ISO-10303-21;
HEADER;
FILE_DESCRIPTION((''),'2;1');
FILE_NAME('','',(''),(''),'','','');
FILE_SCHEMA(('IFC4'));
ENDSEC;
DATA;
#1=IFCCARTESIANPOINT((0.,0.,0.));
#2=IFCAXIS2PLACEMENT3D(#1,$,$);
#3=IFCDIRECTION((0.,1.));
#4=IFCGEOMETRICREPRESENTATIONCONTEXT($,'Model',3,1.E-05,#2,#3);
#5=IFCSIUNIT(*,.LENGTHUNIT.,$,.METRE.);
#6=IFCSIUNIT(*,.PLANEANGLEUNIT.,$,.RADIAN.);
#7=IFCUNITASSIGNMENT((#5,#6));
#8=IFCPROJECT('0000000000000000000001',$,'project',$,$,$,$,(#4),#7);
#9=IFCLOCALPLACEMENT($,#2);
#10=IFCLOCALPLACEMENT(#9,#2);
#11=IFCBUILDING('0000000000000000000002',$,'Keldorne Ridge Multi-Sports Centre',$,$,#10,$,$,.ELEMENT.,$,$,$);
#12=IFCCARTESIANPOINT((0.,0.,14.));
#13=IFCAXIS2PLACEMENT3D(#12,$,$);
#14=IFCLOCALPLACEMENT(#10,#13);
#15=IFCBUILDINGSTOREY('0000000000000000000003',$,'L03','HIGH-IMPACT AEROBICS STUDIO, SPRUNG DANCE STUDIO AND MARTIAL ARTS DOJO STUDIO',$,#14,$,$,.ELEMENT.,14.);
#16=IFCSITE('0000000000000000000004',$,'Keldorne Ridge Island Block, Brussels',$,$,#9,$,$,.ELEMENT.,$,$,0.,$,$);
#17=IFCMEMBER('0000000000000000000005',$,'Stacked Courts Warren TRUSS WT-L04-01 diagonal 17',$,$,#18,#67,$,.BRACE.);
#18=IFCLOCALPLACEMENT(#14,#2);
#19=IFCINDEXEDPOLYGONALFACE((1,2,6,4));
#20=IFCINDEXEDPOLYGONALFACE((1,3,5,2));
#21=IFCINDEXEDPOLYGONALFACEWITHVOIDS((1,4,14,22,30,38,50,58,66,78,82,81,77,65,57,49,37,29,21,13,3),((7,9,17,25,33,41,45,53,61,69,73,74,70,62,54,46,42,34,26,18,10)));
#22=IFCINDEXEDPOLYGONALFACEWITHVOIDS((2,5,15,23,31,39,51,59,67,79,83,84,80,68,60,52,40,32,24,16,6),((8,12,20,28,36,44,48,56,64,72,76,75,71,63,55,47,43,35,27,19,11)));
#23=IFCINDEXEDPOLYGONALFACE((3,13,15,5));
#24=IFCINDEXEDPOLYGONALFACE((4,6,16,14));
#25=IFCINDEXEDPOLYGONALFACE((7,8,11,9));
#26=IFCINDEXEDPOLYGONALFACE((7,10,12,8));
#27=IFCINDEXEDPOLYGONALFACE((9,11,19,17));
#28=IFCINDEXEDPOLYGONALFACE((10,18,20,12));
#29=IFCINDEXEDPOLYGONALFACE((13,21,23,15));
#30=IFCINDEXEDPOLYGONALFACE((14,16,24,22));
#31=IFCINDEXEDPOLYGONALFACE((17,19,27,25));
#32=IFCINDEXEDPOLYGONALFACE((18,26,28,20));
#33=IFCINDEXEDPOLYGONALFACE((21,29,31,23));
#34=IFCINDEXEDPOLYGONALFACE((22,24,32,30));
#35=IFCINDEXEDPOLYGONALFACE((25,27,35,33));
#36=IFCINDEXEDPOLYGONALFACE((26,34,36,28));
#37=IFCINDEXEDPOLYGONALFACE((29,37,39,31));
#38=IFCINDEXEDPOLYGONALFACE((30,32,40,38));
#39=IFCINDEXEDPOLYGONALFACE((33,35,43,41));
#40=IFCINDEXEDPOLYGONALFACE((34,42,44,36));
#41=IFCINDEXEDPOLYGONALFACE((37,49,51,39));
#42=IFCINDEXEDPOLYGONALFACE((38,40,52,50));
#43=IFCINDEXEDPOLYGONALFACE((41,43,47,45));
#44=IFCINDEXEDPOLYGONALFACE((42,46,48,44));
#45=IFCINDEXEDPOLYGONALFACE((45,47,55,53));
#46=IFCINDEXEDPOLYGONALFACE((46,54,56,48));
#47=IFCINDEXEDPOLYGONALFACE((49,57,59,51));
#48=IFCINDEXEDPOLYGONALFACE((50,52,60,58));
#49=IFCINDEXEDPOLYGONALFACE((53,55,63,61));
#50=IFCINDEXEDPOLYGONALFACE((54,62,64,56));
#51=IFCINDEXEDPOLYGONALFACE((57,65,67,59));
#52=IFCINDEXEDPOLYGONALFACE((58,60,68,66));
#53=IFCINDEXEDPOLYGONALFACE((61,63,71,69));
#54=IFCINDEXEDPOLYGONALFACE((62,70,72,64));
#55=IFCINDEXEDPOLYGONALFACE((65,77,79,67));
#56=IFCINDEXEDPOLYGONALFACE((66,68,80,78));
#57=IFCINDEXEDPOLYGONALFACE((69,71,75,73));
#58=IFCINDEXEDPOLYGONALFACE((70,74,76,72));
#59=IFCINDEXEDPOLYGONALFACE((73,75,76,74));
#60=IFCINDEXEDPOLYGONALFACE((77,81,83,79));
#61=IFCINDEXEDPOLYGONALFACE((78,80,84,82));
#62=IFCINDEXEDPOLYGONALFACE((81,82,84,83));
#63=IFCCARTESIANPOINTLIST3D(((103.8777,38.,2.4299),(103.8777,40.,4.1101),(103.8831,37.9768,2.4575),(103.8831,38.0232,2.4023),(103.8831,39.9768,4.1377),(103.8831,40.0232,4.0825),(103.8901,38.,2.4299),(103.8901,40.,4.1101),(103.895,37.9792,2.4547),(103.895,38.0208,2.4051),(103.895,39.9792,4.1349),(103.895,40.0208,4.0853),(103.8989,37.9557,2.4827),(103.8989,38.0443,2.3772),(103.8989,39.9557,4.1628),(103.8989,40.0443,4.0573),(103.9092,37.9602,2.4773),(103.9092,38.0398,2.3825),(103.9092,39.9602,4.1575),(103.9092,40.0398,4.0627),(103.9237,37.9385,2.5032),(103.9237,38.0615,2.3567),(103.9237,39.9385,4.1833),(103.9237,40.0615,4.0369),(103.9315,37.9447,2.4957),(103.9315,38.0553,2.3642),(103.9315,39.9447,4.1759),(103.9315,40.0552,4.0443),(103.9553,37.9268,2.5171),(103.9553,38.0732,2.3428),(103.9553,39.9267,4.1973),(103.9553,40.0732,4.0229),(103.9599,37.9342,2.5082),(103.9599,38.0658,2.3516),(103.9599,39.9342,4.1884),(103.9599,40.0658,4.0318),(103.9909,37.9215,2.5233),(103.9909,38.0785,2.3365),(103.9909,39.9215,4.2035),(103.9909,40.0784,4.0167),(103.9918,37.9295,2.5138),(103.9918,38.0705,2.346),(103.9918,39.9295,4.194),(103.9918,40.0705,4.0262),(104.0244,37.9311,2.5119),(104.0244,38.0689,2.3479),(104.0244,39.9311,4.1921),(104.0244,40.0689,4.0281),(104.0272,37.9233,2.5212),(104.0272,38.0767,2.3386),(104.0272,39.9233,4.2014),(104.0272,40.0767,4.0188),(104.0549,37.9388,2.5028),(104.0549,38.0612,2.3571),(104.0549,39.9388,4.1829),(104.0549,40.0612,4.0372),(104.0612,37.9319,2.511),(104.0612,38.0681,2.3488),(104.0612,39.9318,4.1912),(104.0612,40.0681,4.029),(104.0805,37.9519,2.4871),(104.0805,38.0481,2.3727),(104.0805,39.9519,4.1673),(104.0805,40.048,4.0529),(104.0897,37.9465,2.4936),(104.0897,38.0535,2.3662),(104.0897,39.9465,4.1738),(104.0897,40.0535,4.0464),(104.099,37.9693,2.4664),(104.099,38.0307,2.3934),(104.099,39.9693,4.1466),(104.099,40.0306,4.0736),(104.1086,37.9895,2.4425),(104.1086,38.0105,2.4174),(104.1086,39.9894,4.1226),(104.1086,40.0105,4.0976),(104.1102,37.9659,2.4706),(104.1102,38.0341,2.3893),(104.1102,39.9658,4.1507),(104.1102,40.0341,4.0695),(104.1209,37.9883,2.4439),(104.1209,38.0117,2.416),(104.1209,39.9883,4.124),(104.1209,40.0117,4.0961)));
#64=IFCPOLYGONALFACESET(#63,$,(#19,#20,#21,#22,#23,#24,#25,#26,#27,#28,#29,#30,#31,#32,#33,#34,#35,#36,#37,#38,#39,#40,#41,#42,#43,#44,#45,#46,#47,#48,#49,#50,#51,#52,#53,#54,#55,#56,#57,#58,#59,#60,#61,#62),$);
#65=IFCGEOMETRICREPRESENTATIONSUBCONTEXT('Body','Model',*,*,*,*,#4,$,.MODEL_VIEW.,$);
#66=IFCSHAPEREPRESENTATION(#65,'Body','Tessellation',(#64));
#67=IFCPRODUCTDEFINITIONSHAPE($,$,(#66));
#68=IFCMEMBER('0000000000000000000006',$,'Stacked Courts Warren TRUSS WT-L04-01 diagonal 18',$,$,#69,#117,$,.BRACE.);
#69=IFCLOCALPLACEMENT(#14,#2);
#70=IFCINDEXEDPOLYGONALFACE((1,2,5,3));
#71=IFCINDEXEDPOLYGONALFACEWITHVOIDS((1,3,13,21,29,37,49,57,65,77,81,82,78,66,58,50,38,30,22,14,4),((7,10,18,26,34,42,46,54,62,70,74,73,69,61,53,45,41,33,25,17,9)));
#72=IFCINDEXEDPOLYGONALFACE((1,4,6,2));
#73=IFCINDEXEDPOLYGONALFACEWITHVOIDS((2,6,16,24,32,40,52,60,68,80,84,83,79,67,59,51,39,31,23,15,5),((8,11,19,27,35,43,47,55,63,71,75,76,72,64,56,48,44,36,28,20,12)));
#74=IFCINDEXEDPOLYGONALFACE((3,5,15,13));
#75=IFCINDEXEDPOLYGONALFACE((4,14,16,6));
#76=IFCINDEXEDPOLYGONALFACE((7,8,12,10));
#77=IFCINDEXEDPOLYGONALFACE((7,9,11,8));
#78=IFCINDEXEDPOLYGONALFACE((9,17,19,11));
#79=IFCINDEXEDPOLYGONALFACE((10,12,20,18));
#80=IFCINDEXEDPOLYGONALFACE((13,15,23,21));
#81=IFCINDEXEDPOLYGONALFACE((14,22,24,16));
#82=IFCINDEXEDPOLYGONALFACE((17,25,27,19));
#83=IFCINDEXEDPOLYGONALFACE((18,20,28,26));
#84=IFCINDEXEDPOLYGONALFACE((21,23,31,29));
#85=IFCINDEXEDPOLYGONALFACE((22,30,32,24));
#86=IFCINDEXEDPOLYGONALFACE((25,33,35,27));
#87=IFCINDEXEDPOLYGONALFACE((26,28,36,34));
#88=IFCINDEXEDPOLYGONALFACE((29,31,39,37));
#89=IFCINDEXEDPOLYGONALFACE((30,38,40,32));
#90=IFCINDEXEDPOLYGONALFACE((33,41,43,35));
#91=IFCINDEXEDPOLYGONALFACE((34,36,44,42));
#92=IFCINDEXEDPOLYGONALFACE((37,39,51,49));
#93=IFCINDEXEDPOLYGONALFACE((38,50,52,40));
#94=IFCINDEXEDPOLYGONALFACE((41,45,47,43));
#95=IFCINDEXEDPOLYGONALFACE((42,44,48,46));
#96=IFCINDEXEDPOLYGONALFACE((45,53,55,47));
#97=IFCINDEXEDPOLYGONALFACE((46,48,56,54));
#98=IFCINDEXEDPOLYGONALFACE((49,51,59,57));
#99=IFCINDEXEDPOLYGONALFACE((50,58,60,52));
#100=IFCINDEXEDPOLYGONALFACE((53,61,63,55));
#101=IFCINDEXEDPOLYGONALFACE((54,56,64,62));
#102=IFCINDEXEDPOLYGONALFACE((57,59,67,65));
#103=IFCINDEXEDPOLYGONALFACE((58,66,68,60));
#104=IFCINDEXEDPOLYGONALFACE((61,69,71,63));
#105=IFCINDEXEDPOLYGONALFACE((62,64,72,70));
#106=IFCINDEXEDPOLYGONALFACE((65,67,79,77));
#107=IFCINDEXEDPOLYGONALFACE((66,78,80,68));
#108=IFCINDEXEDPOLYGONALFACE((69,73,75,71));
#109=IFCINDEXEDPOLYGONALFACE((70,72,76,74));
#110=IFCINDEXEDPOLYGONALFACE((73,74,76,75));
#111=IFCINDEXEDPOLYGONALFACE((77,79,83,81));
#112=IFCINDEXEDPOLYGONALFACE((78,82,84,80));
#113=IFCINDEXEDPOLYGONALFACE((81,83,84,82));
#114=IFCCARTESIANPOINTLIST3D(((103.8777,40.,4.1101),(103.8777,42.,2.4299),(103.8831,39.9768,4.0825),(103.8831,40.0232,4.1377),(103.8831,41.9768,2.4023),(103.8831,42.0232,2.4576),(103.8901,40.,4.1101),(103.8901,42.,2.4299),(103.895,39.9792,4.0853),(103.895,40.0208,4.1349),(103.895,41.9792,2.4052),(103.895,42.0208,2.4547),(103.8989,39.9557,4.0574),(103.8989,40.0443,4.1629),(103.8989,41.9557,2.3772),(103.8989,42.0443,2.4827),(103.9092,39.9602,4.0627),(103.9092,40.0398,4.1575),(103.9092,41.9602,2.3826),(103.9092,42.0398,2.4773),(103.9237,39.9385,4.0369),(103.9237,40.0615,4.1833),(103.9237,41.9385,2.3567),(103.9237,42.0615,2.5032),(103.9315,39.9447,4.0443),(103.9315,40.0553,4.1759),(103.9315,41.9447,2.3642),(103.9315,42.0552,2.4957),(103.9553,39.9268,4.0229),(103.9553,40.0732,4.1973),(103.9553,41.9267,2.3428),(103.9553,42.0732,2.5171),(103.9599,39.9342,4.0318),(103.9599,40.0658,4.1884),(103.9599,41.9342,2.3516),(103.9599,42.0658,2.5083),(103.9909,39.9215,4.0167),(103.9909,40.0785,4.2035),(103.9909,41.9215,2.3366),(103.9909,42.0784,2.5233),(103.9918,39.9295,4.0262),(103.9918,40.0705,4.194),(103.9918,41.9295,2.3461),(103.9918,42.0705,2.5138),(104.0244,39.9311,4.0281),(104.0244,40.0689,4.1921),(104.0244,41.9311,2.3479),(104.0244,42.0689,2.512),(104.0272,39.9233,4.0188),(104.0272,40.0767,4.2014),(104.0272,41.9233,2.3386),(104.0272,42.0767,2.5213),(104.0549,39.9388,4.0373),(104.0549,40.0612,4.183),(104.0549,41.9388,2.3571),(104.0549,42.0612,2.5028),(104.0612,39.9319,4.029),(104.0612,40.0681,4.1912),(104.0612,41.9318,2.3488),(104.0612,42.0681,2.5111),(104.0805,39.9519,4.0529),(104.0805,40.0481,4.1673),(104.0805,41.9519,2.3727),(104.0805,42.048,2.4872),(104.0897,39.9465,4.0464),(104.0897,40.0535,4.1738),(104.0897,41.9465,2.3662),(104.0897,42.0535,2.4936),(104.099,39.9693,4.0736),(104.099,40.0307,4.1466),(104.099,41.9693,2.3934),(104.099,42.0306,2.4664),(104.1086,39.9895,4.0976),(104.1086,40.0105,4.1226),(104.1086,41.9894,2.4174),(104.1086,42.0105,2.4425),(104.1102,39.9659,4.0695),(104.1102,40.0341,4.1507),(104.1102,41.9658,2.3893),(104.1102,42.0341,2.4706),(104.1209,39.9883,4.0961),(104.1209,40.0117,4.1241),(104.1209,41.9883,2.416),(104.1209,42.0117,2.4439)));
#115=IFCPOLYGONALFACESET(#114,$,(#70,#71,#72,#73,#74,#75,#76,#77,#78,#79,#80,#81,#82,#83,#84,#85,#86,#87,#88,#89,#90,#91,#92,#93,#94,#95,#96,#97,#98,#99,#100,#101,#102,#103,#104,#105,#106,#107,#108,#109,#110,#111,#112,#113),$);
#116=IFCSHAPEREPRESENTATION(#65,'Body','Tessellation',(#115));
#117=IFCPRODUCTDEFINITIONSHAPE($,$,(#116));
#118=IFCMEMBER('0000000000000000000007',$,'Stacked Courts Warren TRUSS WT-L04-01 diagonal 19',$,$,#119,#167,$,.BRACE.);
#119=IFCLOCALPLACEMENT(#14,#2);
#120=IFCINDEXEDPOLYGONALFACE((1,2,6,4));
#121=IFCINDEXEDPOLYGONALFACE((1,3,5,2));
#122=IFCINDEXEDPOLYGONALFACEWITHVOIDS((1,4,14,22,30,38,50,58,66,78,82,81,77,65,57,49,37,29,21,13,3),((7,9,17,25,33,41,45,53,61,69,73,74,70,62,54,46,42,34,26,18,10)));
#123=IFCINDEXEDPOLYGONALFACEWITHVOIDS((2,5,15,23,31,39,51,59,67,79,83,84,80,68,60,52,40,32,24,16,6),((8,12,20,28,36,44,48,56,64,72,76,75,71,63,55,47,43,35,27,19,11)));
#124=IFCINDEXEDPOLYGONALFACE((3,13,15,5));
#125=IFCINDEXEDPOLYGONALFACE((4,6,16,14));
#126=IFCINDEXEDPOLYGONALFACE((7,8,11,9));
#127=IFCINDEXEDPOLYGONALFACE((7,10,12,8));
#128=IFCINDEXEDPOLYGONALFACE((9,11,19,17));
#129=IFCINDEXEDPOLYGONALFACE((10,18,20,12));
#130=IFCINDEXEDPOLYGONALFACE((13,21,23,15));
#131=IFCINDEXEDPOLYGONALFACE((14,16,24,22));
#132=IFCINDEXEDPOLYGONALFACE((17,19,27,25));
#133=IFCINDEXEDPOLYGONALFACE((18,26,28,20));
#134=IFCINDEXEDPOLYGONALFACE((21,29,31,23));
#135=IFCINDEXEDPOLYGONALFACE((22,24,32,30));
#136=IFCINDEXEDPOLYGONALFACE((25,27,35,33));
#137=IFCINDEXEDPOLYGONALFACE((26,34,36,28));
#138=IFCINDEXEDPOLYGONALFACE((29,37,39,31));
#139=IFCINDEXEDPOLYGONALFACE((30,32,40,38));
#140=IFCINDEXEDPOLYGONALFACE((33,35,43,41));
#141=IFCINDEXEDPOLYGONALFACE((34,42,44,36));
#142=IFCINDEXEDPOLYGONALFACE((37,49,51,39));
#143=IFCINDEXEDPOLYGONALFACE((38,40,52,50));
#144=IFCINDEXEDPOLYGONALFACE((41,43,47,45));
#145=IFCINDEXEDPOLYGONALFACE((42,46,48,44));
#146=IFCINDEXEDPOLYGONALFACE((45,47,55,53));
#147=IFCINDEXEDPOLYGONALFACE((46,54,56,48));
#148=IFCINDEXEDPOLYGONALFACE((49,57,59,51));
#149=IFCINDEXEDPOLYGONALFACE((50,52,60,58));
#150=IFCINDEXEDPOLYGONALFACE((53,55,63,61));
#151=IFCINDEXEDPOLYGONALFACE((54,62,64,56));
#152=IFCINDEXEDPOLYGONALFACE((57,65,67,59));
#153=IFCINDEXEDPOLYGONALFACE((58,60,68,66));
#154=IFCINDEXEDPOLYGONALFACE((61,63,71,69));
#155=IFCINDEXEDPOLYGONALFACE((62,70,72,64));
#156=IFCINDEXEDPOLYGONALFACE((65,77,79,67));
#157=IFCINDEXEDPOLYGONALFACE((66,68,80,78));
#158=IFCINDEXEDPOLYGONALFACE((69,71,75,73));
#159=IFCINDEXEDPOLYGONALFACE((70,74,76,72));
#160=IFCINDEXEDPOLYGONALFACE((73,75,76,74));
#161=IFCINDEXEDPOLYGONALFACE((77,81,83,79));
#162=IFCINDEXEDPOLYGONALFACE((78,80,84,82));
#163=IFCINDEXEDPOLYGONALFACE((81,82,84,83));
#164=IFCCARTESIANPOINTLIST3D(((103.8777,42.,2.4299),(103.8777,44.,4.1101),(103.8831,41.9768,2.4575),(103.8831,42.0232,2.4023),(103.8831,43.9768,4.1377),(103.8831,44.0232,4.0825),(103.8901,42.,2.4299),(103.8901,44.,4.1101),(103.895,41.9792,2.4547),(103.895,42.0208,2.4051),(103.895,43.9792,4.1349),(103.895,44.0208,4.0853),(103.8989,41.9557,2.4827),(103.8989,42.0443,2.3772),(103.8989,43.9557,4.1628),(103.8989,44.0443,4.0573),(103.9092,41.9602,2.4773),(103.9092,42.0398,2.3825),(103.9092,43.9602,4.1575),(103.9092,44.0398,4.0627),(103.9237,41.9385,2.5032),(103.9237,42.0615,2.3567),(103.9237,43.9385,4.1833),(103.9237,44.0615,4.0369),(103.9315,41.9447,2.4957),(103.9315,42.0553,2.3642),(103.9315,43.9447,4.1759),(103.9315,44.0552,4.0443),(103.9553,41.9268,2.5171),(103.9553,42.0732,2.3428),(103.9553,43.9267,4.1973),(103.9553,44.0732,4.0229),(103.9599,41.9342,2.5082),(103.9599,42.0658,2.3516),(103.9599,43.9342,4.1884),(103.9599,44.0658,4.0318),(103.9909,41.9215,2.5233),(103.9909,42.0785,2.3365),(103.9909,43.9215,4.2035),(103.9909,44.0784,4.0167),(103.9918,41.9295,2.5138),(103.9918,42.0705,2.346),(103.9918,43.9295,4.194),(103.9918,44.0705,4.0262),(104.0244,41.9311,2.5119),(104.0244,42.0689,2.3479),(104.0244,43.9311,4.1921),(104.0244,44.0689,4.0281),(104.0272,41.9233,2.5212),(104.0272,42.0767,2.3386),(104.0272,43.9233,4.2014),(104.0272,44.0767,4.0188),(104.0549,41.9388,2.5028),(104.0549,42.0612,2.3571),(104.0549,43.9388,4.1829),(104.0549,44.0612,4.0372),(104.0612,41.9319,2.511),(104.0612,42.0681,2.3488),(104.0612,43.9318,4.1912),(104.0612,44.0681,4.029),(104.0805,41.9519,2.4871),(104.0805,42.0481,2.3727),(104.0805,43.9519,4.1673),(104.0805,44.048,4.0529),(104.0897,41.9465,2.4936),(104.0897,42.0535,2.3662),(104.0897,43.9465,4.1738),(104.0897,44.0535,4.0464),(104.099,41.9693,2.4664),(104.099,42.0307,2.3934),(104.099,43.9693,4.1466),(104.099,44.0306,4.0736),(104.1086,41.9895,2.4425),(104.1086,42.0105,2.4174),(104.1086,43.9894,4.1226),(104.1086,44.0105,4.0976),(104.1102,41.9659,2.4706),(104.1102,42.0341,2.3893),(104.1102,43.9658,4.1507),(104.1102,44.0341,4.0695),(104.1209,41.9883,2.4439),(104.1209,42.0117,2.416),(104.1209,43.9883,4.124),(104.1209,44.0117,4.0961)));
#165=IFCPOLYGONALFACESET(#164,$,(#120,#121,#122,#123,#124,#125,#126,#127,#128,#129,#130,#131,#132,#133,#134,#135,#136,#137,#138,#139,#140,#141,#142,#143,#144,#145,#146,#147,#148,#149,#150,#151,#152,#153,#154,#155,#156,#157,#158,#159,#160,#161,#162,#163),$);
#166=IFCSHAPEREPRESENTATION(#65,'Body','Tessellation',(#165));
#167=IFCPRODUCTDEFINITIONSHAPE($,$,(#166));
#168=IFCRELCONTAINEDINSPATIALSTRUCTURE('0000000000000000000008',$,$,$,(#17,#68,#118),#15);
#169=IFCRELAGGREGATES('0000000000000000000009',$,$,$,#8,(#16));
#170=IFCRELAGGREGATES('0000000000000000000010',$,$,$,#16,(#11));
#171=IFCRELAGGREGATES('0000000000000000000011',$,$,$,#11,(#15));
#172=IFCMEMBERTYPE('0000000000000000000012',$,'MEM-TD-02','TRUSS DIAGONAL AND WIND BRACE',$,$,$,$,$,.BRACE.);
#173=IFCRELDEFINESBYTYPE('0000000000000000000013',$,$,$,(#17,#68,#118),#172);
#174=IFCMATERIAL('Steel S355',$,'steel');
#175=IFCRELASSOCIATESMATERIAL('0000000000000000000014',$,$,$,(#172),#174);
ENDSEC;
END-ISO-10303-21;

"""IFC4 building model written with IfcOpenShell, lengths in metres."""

from ifc_helpers import new_model, si_unit, direction, frame, origin, origin_2d, place, context, subcontext, project, spatial, hollow_circle, extrude, material, material_profile, profile_set, type_object, element, save


model = new_model("IFC4")

# Units and contexts
model_context = context("Model", 3, precision=1e-05, world=origin(), true_north=direction((0.0, 1.0)))
body_context = subcontext(model_context, "Body", "Model", "MODEL_VIEW")
ifc_project = project(units=[si_unit("LENGTHUNIT", "METRE"), si_unit("PLANEANGLEUNIT", "RADIAN")], contexts=[model_context])

# Site, building, storey
site_placement = place(None, origin())
site = spatial("IfcSite", under=ifc_project, at=site_placement, Name="Keldorne Ridge Island Block, Brussels", CompositionType="ELEMENT", RefElevation=0.0)
building_placement = place(site_placement, origin())
building = spatial("IfcBuilding", under=site, at=building_placement, Name="Keldorne Ridge Multi-Sports Centre", CompositionType="ELEMENT")
storey_placement = place(building_placement, frame((0.0, 0.0, 14.0)))
storey = spatial("IfcBuildingStorey", under=building, at=storey_placement, Name="L03", Description="HIGH-IMPACT AEROBICS STUDIO, SPRUNG DANCE STUDIO AND MARTIAL ARTS DOJO STUDIO", CompositionType="ELEMENT", Elevation=14.0)

# Shared definitions
ifc_material_1 = material(Name="Steel S355", Category="steel")

# Members
ifc_material_profile_1 = material_profile(ifc_material_1, hollow_circle(Radius=0.1223, WallThickness=0.0125, at=origin_2d()), Name="CHS 244.5x12.5")
ifc_profile_set_1 = profile_set([ifc_material_profile_1], Name="Steel S355")
member_type_1 = type_object("IfcMemberType", Name="MEM-TD-02", Description="TRUSS DIAGONAL AND WIND BRACE", PredefinedType="BRACE", material=ifc_profile_set_1)
for number, where, z_axis, x_axis, name in (
    (1, (104.0, 38.0, 2.4299), (0.0, 0.765672, 0.643232), (-1.0, 0.0, 0.0), "Stacked Courts Warren TRUSS WT-L04-01 diagonal 17"),
    (2, (104.0, 40.0, 4.1101), (0.0, 0.765672, -0.643232), (-1.0, 0.0, 0.0), "Stacked Courts Warren TRUSS WT-L04-01 diagonal 18"),
    (3, (104.0, 42.0, 2.4299), (0.0, 0.765672, 0.643232), (-1.0, 0.0, 0.0), "Stacked Courts Warren TRUSS WT-L04-01 diagonal 19"),
):
    element("IfcMember", number, at=place(storey_placement, frame(where, z_axis=z_axis, x_axis=x_axis)), inside=storey, type_object=member_type_1, Name=name, PredefinedType="BRACE", context=body_context, shape_type="SweptSolid", body=[
        extrude(hollow_circle(Radius=0.1223, WallThickness=0.0125, at=origin_2d()), origin(), (0.0, 0.0, 1.0), 2.6121),
    ])

save(model, "model.ifc")
